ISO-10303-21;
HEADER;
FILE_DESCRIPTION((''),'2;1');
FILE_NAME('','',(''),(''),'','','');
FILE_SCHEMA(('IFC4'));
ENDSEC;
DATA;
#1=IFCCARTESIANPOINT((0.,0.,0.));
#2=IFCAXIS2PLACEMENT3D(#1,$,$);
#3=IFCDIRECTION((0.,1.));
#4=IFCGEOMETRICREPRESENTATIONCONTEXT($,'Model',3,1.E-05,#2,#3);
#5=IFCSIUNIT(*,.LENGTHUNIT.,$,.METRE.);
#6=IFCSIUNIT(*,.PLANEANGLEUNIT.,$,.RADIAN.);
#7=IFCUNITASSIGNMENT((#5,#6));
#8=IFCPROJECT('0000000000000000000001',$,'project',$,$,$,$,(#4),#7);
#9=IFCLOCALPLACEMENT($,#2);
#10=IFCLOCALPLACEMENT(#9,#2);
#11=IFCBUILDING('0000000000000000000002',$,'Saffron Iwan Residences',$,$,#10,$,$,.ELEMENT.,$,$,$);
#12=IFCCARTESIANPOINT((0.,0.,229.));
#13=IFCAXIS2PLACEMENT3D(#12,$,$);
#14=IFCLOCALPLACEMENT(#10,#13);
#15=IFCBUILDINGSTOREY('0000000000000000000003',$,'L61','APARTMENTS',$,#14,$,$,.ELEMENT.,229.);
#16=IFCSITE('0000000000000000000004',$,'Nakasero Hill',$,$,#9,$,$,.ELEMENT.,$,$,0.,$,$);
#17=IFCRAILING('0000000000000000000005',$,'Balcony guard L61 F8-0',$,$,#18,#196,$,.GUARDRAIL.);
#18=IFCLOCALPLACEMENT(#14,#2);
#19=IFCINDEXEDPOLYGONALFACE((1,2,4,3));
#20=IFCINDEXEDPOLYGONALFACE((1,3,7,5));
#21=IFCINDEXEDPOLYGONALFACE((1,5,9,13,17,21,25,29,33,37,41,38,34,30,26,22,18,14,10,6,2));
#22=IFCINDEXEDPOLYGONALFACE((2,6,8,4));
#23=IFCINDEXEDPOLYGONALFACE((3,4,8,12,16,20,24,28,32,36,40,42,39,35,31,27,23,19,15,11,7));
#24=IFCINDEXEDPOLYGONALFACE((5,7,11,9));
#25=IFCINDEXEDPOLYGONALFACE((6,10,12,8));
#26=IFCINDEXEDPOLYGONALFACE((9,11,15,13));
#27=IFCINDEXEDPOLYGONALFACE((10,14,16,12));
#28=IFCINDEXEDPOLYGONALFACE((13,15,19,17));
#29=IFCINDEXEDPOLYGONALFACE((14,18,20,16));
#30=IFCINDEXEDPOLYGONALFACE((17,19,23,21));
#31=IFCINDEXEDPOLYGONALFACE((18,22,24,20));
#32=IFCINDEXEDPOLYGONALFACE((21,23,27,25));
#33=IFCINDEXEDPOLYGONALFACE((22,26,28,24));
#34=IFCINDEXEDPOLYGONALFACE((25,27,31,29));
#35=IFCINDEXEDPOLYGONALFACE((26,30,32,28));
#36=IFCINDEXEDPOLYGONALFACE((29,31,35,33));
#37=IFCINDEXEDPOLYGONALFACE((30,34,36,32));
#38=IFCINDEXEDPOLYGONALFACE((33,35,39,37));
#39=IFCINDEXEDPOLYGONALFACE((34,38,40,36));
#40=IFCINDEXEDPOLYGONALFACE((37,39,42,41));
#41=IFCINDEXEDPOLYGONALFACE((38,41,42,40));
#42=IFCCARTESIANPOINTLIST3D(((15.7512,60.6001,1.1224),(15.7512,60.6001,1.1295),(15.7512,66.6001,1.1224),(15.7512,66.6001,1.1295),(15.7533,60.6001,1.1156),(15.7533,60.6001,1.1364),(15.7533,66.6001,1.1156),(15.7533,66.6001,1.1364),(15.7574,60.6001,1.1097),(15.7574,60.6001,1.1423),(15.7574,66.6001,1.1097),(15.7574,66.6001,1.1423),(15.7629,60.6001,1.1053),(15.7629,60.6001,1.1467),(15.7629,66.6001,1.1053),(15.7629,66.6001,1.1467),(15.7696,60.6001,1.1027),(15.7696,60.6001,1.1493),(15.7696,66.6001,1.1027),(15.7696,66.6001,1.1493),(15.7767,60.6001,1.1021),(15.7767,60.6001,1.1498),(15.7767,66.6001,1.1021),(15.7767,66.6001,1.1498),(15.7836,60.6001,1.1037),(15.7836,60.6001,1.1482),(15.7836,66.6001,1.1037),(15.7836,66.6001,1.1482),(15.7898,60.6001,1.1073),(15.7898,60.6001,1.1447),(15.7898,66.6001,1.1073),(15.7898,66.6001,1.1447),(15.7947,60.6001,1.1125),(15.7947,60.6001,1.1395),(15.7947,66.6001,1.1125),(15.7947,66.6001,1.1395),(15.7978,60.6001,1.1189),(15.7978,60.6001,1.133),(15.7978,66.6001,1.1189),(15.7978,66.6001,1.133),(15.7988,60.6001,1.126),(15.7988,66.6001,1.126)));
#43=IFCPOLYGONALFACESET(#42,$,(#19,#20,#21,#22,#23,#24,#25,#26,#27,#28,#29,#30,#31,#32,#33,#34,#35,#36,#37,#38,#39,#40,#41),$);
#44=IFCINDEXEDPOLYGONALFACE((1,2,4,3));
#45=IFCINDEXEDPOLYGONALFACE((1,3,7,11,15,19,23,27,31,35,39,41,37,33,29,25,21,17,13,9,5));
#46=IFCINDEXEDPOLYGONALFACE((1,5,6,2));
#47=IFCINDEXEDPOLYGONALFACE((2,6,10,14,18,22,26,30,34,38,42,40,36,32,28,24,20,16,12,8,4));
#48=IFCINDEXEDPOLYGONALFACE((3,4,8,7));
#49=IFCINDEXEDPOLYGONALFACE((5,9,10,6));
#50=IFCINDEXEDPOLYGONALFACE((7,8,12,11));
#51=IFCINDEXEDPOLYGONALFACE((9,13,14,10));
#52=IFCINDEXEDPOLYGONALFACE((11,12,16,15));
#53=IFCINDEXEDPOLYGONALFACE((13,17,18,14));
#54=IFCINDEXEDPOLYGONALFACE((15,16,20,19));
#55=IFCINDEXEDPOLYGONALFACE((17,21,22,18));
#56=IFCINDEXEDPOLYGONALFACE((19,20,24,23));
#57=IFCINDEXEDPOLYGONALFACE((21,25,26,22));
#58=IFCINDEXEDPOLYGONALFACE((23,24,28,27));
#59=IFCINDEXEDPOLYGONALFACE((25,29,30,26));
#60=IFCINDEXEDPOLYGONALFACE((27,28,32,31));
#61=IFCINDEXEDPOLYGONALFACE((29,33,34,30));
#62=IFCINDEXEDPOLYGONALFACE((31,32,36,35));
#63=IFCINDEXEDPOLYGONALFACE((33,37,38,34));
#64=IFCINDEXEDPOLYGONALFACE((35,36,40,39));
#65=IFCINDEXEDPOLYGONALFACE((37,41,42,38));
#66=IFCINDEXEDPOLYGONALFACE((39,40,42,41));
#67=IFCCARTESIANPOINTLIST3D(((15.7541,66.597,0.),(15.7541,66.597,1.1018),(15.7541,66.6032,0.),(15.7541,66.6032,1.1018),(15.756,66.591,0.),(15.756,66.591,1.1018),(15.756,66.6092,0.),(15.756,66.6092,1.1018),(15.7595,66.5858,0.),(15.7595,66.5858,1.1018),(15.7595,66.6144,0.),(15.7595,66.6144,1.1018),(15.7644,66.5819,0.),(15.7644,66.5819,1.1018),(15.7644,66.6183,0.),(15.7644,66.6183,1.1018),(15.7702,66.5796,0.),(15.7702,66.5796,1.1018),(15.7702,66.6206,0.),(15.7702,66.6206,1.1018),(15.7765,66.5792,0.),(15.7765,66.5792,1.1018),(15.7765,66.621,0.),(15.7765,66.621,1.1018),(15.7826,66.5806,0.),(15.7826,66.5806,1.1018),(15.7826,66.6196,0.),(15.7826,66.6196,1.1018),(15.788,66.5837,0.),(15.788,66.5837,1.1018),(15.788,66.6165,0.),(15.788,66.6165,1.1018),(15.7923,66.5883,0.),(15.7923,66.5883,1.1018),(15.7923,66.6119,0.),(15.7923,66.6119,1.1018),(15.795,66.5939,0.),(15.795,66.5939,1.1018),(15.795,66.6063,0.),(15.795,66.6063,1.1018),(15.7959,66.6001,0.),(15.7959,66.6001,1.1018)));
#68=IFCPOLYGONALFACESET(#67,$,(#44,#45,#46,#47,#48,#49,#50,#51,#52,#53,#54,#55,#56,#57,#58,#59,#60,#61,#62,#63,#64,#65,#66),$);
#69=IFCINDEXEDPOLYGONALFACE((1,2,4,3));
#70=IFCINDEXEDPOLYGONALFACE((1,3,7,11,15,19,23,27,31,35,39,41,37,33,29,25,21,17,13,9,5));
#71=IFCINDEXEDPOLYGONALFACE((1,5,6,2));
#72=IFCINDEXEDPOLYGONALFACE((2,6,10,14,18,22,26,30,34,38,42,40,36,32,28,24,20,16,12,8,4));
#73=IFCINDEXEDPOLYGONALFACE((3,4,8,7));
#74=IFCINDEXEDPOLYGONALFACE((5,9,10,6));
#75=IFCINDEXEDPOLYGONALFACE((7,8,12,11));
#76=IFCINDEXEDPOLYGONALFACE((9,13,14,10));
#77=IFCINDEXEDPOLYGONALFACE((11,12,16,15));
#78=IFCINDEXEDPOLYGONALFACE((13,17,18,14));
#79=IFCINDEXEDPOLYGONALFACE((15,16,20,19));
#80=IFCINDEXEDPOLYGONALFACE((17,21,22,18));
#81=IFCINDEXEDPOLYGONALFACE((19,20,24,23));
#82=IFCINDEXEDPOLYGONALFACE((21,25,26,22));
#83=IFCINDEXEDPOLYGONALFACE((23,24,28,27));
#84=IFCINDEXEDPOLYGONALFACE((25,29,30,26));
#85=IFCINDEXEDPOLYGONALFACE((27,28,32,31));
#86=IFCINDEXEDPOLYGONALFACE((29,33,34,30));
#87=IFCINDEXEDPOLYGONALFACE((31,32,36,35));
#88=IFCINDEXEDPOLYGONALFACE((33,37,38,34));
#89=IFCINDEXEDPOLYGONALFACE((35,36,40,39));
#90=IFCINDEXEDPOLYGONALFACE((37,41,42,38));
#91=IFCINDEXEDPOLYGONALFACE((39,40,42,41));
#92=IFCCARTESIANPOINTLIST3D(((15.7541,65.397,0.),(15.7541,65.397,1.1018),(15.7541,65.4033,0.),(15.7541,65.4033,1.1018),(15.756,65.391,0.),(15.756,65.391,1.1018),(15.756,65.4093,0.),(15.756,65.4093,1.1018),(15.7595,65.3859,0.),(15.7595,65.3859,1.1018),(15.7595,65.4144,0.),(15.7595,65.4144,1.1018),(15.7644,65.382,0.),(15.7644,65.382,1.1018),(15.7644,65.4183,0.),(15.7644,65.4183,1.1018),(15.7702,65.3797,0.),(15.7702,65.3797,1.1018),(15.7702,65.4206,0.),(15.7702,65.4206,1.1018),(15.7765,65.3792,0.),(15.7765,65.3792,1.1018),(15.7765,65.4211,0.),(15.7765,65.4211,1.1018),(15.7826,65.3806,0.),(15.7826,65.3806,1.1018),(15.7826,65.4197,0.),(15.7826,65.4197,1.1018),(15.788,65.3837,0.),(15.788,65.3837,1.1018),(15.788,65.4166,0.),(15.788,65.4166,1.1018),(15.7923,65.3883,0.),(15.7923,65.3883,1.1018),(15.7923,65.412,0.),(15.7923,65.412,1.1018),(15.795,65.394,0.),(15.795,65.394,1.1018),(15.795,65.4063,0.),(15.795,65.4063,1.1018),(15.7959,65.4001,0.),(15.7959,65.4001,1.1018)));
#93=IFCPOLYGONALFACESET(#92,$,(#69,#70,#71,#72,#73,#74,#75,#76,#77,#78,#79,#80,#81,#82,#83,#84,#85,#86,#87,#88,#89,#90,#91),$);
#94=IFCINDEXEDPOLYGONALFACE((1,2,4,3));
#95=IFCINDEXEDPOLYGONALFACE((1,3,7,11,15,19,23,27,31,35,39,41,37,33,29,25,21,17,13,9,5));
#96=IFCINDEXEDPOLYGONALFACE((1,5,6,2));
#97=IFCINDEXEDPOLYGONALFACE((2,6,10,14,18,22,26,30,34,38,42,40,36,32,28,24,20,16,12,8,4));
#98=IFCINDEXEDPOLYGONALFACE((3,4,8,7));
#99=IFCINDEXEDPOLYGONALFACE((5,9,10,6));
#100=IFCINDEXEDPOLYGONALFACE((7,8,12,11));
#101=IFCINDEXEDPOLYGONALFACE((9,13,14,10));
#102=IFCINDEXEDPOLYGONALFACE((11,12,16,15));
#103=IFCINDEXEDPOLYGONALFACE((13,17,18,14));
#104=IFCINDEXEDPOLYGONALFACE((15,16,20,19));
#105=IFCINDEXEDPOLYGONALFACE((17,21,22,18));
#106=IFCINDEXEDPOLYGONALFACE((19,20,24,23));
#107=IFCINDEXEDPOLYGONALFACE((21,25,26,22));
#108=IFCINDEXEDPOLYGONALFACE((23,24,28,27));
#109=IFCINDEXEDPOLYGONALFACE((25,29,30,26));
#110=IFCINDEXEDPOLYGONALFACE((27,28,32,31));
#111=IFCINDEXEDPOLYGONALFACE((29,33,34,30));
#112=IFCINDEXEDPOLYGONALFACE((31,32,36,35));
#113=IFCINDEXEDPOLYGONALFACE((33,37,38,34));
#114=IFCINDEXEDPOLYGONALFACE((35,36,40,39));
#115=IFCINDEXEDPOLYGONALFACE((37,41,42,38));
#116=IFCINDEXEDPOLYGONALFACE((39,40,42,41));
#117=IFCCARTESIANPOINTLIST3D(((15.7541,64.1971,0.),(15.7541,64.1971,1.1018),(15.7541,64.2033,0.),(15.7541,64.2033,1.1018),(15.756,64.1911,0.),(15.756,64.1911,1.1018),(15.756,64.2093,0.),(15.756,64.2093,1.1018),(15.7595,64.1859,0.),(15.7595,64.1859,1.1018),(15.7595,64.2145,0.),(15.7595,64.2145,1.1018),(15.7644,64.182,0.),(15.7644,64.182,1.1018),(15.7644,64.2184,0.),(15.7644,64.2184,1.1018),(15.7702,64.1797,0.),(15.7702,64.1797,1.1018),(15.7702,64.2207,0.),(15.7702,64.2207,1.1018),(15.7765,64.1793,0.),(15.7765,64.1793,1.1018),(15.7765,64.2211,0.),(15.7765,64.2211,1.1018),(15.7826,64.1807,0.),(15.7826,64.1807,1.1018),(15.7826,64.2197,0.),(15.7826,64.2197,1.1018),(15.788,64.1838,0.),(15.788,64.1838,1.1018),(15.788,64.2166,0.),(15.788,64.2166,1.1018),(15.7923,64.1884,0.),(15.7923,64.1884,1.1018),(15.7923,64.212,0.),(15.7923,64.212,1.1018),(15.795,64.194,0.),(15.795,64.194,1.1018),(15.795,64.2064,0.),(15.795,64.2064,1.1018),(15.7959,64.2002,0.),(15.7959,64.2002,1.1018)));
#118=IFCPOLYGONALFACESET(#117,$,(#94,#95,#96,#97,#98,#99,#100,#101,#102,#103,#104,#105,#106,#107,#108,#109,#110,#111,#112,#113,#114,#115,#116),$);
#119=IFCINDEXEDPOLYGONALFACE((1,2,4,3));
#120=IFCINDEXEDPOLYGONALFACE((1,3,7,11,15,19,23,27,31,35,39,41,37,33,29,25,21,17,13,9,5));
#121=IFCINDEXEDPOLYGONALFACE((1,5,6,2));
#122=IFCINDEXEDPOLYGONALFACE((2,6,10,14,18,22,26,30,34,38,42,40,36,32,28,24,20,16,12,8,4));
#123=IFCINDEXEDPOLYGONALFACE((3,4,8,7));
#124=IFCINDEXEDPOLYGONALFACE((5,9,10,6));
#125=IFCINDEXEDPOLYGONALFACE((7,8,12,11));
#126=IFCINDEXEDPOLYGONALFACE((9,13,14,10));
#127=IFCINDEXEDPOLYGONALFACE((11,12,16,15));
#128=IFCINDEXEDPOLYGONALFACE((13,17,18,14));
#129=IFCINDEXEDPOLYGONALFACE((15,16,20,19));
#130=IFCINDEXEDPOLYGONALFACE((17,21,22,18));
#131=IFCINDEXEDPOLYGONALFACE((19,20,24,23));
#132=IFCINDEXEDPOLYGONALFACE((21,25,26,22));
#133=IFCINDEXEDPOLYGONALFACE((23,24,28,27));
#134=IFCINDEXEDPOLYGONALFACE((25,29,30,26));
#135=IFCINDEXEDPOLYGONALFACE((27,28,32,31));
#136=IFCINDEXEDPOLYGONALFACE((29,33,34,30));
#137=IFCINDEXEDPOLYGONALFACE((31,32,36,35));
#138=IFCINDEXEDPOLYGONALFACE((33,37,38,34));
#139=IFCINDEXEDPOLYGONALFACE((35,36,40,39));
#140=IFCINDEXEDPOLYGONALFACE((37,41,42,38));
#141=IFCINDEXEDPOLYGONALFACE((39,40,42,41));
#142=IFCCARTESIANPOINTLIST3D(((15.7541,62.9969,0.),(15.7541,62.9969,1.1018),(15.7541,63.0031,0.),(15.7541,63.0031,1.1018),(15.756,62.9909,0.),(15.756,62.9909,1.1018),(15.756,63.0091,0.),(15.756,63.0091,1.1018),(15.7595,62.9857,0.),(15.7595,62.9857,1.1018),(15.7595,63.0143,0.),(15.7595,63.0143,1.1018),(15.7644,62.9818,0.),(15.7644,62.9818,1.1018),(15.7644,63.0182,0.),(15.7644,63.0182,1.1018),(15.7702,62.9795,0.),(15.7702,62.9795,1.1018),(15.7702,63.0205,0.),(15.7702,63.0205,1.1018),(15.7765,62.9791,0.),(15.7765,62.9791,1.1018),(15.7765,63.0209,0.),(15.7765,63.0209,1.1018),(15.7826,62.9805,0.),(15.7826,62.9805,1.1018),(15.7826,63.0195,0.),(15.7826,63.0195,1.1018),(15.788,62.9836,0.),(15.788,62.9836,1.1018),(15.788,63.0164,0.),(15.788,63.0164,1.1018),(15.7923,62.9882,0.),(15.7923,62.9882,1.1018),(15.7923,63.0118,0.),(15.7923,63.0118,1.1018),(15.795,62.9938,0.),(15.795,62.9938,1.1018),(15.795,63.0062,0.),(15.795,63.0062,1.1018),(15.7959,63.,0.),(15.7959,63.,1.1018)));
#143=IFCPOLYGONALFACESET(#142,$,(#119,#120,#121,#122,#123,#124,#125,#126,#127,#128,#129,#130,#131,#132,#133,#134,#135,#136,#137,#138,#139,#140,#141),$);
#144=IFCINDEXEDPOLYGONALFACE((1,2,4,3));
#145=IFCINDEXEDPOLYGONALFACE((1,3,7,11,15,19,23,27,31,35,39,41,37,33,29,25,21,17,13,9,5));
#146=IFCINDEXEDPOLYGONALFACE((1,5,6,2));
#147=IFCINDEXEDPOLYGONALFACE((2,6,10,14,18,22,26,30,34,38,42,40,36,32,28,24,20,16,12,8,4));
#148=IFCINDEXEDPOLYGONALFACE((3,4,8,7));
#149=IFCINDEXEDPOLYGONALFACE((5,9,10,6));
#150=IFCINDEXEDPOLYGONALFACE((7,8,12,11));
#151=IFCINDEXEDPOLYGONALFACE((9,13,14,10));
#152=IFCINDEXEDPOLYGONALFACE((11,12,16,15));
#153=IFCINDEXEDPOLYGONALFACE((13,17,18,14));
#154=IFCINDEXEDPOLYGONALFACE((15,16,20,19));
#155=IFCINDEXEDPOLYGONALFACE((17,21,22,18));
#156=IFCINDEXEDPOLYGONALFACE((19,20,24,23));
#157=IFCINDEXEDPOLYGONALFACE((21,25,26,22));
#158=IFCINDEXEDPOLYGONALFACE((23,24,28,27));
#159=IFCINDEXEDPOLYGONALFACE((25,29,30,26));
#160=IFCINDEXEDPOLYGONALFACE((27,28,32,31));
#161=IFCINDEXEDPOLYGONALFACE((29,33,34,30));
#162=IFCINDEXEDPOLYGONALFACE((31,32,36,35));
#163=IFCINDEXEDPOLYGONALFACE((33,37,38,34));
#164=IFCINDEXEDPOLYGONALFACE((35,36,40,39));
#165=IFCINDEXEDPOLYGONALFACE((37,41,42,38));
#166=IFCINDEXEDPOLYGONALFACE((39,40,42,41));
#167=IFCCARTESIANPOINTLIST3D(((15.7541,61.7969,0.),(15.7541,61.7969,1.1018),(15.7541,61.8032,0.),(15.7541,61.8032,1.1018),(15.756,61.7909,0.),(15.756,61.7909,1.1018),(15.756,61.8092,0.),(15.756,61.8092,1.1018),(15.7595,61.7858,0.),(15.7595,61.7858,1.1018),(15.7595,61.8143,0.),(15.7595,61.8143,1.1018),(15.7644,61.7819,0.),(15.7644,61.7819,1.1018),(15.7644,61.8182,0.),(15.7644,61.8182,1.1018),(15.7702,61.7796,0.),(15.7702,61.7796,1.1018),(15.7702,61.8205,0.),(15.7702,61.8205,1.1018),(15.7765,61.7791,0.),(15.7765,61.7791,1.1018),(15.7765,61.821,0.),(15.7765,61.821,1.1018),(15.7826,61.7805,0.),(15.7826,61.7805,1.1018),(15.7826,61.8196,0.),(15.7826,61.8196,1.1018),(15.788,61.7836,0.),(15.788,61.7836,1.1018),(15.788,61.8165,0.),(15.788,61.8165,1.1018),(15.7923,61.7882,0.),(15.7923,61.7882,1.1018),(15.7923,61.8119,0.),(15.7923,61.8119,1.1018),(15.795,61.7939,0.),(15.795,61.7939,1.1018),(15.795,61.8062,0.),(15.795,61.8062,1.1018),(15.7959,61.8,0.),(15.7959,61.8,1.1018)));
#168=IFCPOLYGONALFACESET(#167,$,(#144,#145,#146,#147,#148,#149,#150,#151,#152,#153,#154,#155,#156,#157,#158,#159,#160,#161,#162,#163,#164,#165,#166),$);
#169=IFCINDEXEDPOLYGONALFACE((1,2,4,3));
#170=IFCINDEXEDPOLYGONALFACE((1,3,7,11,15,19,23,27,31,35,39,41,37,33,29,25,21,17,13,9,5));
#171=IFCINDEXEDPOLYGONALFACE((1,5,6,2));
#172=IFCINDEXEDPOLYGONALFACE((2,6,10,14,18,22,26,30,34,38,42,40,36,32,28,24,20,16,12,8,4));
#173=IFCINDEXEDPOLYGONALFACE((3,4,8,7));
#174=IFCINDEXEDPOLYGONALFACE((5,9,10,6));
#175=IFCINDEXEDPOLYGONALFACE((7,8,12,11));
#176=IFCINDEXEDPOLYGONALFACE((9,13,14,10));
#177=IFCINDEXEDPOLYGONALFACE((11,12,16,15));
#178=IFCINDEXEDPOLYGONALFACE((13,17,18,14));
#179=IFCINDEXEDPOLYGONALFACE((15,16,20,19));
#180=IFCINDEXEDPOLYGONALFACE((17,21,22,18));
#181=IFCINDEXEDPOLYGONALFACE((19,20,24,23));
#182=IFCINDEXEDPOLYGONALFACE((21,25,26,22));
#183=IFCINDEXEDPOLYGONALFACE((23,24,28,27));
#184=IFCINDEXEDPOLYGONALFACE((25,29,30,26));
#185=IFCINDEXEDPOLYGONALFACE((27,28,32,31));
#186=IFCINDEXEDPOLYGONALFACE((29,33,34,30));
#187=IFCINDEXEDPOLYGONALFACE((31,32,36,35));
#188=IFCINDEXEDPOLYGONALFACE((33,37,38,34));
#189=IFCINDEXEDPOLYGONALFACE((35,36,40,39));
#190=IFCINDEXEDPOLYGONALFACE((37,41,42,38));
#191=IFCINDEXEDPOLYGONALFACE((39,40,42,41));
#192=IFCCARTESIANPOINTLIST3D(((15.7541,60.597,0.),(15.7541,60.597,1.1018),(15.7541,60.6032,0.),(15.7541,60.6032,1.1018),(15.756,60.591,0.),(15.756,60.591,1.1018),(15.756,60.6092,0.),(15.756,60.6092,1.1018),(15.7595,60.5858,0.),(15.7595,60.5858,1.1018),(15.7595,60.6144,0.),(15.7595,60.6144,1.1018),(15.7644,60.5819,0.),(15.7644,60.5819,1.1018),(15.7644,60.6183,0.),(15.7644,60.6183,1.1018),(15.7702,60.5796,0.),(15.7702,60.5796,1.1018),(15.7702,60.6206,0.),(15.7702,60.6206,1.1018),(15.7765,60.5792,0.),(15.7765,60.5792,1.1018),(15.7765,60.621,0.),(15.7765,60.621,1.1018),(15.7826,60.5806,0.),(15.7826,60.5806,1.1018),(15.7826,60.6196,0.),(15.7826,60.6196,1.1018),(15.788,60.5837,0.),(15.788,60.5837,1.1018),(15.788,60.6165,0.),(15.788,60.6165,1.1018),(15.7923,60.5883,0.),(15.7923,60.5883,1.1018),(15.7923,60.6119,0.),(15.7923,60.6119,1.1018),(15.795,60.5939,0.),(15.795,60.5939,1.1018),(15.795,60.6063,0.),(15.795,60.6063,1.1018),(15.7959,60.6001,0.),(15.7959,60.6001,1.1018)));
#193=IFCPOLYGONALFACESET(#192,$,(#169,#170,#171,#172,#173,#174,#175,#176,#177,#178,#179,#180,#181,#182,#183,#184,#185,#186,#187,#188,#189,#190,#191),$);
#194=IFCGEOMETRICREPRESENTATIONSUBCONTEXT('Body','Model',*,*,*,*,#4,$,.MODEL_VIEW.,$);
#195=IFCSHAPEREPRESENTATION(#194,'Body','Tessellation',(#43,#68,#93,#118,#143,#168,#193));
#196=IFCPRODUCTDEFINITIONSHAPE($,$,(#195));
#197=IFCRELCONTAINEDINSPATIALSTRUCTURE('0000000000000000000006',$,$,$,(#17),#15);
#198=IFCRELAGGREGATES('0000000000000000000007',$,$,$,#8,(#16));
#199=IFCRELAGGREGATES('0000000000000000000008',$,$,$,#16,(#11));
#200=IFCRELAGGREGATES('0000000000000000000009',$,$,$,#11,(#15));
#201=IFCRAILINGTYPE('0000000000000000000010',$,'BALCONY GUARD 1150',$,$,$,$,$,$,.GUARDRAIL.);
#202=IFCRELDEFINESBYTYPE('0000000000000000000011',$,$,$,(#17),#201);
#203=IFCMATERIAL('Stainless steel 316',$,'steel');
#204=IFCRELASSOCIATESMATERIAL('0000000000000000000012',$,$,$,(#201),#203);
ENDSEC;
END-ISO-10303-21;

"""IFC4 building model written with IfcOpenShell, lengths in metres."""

from ifc_helpers import new_model, si_unit, direction, frame, origin, origin_2d, place, context, subcontext, project, spatial, circle, extrude, material, type_object, element, save


model = new_model("IFC4")

# Units and contexts
model_context = context("Model", 3, precision=1e-05, world=origin(), true_north=direction((0.0, 1.0)))
body_context = subcontext(model_context, "Body", "Model", "MODEL_VIEW")
ifc_project = project(units=[si_unit("LENGTHUNIT", "METRE"), si_unit("PLANEANGLEUNIT", "RADIAN")], contexts=[model_context])

# Site, building, storey
site_placement = place(None, origin())
site = spatial("IfcSite", under=ifc_project, at=site_placement, Name="Nakasero Hill", CompositionType="ELEMENT", RefElevation=0.0)
building_placement = place(site_placement, origin())
building = spatial("IfcBuilding", under=site, at=building_placement, Name="Saffron Iwan Residences", CompositionType="ELEMENT")
storey_placement = place(building_placement, frame((0.0, 0.0, 229.0)))
storey = spatial("IfcBuildingStorey", under=building, at=storey_placement, Name="L61", Description="APARTMENTS", CompositionType="ELEMENT", Elevation=229.0)

# Railing
ifc_material_1 = material(Name="Stainless steel 316", Category="steel")
railing_type = type_object("IfcRailingType", Name="BALCONY GUARD 1150", PredefinedType="GUARDRAIL", material=ifc_material_1)
railing_placement = place(storey_placement, frame((15.7749, 66.6001, 0.0)))
element("IfcRailing", 1, at=railing_placement, inside=storey, type_object=railing_type, Name="Balcony guard L61 F8-0", PredefinedType="GUARDRAIL", context=body_context, shape_type="SweptSolid", body=[
    extrude(circle(Radius=0.0239, at=origin_2d()), frame((0.0, 0.0, 1.126), z_axis=(0.0, -1.0, 0.0), x_axis=(1.0, 0.0, 0.0)), (0.0, 0.0, 1.0), 6.0),
    extrude(circle(Radius=0.021, at=origin_2d()), origin(), (0.0, 0.0, 1.0), 1.1018),
    extrude(circle(Radius=0.021, at=origin_2d()), frame((0.0, -1.2, 0.0)), (0.0, 0.0, 1.0), 1.1018),
    extrude(circle(Radius=0.021, at=origin_2d()), frame((0.0, -2.3999, 0.0)), (0.0, 0.0, 1.0), 1.1018),
    extrude(circle(Radius=0.021, at=origin_2d()), frame((0.0, -3.6001, 0.0)), (0.0, 0.0, 1.0), 1.1018),
    extrude(circle(Radius=0.021, at=origin_2d()), frame((0.0, -4.8, 0.0)), (0.0, 0.0, 1.0), 1.1018),
    extrude(circle(Radius=0.021, at=origin_2d()), frame((0.0, -6.0, 0.0)), (0.0, 0.0, 1.0), 1.1018),
])

save(model, "model.ifc")
